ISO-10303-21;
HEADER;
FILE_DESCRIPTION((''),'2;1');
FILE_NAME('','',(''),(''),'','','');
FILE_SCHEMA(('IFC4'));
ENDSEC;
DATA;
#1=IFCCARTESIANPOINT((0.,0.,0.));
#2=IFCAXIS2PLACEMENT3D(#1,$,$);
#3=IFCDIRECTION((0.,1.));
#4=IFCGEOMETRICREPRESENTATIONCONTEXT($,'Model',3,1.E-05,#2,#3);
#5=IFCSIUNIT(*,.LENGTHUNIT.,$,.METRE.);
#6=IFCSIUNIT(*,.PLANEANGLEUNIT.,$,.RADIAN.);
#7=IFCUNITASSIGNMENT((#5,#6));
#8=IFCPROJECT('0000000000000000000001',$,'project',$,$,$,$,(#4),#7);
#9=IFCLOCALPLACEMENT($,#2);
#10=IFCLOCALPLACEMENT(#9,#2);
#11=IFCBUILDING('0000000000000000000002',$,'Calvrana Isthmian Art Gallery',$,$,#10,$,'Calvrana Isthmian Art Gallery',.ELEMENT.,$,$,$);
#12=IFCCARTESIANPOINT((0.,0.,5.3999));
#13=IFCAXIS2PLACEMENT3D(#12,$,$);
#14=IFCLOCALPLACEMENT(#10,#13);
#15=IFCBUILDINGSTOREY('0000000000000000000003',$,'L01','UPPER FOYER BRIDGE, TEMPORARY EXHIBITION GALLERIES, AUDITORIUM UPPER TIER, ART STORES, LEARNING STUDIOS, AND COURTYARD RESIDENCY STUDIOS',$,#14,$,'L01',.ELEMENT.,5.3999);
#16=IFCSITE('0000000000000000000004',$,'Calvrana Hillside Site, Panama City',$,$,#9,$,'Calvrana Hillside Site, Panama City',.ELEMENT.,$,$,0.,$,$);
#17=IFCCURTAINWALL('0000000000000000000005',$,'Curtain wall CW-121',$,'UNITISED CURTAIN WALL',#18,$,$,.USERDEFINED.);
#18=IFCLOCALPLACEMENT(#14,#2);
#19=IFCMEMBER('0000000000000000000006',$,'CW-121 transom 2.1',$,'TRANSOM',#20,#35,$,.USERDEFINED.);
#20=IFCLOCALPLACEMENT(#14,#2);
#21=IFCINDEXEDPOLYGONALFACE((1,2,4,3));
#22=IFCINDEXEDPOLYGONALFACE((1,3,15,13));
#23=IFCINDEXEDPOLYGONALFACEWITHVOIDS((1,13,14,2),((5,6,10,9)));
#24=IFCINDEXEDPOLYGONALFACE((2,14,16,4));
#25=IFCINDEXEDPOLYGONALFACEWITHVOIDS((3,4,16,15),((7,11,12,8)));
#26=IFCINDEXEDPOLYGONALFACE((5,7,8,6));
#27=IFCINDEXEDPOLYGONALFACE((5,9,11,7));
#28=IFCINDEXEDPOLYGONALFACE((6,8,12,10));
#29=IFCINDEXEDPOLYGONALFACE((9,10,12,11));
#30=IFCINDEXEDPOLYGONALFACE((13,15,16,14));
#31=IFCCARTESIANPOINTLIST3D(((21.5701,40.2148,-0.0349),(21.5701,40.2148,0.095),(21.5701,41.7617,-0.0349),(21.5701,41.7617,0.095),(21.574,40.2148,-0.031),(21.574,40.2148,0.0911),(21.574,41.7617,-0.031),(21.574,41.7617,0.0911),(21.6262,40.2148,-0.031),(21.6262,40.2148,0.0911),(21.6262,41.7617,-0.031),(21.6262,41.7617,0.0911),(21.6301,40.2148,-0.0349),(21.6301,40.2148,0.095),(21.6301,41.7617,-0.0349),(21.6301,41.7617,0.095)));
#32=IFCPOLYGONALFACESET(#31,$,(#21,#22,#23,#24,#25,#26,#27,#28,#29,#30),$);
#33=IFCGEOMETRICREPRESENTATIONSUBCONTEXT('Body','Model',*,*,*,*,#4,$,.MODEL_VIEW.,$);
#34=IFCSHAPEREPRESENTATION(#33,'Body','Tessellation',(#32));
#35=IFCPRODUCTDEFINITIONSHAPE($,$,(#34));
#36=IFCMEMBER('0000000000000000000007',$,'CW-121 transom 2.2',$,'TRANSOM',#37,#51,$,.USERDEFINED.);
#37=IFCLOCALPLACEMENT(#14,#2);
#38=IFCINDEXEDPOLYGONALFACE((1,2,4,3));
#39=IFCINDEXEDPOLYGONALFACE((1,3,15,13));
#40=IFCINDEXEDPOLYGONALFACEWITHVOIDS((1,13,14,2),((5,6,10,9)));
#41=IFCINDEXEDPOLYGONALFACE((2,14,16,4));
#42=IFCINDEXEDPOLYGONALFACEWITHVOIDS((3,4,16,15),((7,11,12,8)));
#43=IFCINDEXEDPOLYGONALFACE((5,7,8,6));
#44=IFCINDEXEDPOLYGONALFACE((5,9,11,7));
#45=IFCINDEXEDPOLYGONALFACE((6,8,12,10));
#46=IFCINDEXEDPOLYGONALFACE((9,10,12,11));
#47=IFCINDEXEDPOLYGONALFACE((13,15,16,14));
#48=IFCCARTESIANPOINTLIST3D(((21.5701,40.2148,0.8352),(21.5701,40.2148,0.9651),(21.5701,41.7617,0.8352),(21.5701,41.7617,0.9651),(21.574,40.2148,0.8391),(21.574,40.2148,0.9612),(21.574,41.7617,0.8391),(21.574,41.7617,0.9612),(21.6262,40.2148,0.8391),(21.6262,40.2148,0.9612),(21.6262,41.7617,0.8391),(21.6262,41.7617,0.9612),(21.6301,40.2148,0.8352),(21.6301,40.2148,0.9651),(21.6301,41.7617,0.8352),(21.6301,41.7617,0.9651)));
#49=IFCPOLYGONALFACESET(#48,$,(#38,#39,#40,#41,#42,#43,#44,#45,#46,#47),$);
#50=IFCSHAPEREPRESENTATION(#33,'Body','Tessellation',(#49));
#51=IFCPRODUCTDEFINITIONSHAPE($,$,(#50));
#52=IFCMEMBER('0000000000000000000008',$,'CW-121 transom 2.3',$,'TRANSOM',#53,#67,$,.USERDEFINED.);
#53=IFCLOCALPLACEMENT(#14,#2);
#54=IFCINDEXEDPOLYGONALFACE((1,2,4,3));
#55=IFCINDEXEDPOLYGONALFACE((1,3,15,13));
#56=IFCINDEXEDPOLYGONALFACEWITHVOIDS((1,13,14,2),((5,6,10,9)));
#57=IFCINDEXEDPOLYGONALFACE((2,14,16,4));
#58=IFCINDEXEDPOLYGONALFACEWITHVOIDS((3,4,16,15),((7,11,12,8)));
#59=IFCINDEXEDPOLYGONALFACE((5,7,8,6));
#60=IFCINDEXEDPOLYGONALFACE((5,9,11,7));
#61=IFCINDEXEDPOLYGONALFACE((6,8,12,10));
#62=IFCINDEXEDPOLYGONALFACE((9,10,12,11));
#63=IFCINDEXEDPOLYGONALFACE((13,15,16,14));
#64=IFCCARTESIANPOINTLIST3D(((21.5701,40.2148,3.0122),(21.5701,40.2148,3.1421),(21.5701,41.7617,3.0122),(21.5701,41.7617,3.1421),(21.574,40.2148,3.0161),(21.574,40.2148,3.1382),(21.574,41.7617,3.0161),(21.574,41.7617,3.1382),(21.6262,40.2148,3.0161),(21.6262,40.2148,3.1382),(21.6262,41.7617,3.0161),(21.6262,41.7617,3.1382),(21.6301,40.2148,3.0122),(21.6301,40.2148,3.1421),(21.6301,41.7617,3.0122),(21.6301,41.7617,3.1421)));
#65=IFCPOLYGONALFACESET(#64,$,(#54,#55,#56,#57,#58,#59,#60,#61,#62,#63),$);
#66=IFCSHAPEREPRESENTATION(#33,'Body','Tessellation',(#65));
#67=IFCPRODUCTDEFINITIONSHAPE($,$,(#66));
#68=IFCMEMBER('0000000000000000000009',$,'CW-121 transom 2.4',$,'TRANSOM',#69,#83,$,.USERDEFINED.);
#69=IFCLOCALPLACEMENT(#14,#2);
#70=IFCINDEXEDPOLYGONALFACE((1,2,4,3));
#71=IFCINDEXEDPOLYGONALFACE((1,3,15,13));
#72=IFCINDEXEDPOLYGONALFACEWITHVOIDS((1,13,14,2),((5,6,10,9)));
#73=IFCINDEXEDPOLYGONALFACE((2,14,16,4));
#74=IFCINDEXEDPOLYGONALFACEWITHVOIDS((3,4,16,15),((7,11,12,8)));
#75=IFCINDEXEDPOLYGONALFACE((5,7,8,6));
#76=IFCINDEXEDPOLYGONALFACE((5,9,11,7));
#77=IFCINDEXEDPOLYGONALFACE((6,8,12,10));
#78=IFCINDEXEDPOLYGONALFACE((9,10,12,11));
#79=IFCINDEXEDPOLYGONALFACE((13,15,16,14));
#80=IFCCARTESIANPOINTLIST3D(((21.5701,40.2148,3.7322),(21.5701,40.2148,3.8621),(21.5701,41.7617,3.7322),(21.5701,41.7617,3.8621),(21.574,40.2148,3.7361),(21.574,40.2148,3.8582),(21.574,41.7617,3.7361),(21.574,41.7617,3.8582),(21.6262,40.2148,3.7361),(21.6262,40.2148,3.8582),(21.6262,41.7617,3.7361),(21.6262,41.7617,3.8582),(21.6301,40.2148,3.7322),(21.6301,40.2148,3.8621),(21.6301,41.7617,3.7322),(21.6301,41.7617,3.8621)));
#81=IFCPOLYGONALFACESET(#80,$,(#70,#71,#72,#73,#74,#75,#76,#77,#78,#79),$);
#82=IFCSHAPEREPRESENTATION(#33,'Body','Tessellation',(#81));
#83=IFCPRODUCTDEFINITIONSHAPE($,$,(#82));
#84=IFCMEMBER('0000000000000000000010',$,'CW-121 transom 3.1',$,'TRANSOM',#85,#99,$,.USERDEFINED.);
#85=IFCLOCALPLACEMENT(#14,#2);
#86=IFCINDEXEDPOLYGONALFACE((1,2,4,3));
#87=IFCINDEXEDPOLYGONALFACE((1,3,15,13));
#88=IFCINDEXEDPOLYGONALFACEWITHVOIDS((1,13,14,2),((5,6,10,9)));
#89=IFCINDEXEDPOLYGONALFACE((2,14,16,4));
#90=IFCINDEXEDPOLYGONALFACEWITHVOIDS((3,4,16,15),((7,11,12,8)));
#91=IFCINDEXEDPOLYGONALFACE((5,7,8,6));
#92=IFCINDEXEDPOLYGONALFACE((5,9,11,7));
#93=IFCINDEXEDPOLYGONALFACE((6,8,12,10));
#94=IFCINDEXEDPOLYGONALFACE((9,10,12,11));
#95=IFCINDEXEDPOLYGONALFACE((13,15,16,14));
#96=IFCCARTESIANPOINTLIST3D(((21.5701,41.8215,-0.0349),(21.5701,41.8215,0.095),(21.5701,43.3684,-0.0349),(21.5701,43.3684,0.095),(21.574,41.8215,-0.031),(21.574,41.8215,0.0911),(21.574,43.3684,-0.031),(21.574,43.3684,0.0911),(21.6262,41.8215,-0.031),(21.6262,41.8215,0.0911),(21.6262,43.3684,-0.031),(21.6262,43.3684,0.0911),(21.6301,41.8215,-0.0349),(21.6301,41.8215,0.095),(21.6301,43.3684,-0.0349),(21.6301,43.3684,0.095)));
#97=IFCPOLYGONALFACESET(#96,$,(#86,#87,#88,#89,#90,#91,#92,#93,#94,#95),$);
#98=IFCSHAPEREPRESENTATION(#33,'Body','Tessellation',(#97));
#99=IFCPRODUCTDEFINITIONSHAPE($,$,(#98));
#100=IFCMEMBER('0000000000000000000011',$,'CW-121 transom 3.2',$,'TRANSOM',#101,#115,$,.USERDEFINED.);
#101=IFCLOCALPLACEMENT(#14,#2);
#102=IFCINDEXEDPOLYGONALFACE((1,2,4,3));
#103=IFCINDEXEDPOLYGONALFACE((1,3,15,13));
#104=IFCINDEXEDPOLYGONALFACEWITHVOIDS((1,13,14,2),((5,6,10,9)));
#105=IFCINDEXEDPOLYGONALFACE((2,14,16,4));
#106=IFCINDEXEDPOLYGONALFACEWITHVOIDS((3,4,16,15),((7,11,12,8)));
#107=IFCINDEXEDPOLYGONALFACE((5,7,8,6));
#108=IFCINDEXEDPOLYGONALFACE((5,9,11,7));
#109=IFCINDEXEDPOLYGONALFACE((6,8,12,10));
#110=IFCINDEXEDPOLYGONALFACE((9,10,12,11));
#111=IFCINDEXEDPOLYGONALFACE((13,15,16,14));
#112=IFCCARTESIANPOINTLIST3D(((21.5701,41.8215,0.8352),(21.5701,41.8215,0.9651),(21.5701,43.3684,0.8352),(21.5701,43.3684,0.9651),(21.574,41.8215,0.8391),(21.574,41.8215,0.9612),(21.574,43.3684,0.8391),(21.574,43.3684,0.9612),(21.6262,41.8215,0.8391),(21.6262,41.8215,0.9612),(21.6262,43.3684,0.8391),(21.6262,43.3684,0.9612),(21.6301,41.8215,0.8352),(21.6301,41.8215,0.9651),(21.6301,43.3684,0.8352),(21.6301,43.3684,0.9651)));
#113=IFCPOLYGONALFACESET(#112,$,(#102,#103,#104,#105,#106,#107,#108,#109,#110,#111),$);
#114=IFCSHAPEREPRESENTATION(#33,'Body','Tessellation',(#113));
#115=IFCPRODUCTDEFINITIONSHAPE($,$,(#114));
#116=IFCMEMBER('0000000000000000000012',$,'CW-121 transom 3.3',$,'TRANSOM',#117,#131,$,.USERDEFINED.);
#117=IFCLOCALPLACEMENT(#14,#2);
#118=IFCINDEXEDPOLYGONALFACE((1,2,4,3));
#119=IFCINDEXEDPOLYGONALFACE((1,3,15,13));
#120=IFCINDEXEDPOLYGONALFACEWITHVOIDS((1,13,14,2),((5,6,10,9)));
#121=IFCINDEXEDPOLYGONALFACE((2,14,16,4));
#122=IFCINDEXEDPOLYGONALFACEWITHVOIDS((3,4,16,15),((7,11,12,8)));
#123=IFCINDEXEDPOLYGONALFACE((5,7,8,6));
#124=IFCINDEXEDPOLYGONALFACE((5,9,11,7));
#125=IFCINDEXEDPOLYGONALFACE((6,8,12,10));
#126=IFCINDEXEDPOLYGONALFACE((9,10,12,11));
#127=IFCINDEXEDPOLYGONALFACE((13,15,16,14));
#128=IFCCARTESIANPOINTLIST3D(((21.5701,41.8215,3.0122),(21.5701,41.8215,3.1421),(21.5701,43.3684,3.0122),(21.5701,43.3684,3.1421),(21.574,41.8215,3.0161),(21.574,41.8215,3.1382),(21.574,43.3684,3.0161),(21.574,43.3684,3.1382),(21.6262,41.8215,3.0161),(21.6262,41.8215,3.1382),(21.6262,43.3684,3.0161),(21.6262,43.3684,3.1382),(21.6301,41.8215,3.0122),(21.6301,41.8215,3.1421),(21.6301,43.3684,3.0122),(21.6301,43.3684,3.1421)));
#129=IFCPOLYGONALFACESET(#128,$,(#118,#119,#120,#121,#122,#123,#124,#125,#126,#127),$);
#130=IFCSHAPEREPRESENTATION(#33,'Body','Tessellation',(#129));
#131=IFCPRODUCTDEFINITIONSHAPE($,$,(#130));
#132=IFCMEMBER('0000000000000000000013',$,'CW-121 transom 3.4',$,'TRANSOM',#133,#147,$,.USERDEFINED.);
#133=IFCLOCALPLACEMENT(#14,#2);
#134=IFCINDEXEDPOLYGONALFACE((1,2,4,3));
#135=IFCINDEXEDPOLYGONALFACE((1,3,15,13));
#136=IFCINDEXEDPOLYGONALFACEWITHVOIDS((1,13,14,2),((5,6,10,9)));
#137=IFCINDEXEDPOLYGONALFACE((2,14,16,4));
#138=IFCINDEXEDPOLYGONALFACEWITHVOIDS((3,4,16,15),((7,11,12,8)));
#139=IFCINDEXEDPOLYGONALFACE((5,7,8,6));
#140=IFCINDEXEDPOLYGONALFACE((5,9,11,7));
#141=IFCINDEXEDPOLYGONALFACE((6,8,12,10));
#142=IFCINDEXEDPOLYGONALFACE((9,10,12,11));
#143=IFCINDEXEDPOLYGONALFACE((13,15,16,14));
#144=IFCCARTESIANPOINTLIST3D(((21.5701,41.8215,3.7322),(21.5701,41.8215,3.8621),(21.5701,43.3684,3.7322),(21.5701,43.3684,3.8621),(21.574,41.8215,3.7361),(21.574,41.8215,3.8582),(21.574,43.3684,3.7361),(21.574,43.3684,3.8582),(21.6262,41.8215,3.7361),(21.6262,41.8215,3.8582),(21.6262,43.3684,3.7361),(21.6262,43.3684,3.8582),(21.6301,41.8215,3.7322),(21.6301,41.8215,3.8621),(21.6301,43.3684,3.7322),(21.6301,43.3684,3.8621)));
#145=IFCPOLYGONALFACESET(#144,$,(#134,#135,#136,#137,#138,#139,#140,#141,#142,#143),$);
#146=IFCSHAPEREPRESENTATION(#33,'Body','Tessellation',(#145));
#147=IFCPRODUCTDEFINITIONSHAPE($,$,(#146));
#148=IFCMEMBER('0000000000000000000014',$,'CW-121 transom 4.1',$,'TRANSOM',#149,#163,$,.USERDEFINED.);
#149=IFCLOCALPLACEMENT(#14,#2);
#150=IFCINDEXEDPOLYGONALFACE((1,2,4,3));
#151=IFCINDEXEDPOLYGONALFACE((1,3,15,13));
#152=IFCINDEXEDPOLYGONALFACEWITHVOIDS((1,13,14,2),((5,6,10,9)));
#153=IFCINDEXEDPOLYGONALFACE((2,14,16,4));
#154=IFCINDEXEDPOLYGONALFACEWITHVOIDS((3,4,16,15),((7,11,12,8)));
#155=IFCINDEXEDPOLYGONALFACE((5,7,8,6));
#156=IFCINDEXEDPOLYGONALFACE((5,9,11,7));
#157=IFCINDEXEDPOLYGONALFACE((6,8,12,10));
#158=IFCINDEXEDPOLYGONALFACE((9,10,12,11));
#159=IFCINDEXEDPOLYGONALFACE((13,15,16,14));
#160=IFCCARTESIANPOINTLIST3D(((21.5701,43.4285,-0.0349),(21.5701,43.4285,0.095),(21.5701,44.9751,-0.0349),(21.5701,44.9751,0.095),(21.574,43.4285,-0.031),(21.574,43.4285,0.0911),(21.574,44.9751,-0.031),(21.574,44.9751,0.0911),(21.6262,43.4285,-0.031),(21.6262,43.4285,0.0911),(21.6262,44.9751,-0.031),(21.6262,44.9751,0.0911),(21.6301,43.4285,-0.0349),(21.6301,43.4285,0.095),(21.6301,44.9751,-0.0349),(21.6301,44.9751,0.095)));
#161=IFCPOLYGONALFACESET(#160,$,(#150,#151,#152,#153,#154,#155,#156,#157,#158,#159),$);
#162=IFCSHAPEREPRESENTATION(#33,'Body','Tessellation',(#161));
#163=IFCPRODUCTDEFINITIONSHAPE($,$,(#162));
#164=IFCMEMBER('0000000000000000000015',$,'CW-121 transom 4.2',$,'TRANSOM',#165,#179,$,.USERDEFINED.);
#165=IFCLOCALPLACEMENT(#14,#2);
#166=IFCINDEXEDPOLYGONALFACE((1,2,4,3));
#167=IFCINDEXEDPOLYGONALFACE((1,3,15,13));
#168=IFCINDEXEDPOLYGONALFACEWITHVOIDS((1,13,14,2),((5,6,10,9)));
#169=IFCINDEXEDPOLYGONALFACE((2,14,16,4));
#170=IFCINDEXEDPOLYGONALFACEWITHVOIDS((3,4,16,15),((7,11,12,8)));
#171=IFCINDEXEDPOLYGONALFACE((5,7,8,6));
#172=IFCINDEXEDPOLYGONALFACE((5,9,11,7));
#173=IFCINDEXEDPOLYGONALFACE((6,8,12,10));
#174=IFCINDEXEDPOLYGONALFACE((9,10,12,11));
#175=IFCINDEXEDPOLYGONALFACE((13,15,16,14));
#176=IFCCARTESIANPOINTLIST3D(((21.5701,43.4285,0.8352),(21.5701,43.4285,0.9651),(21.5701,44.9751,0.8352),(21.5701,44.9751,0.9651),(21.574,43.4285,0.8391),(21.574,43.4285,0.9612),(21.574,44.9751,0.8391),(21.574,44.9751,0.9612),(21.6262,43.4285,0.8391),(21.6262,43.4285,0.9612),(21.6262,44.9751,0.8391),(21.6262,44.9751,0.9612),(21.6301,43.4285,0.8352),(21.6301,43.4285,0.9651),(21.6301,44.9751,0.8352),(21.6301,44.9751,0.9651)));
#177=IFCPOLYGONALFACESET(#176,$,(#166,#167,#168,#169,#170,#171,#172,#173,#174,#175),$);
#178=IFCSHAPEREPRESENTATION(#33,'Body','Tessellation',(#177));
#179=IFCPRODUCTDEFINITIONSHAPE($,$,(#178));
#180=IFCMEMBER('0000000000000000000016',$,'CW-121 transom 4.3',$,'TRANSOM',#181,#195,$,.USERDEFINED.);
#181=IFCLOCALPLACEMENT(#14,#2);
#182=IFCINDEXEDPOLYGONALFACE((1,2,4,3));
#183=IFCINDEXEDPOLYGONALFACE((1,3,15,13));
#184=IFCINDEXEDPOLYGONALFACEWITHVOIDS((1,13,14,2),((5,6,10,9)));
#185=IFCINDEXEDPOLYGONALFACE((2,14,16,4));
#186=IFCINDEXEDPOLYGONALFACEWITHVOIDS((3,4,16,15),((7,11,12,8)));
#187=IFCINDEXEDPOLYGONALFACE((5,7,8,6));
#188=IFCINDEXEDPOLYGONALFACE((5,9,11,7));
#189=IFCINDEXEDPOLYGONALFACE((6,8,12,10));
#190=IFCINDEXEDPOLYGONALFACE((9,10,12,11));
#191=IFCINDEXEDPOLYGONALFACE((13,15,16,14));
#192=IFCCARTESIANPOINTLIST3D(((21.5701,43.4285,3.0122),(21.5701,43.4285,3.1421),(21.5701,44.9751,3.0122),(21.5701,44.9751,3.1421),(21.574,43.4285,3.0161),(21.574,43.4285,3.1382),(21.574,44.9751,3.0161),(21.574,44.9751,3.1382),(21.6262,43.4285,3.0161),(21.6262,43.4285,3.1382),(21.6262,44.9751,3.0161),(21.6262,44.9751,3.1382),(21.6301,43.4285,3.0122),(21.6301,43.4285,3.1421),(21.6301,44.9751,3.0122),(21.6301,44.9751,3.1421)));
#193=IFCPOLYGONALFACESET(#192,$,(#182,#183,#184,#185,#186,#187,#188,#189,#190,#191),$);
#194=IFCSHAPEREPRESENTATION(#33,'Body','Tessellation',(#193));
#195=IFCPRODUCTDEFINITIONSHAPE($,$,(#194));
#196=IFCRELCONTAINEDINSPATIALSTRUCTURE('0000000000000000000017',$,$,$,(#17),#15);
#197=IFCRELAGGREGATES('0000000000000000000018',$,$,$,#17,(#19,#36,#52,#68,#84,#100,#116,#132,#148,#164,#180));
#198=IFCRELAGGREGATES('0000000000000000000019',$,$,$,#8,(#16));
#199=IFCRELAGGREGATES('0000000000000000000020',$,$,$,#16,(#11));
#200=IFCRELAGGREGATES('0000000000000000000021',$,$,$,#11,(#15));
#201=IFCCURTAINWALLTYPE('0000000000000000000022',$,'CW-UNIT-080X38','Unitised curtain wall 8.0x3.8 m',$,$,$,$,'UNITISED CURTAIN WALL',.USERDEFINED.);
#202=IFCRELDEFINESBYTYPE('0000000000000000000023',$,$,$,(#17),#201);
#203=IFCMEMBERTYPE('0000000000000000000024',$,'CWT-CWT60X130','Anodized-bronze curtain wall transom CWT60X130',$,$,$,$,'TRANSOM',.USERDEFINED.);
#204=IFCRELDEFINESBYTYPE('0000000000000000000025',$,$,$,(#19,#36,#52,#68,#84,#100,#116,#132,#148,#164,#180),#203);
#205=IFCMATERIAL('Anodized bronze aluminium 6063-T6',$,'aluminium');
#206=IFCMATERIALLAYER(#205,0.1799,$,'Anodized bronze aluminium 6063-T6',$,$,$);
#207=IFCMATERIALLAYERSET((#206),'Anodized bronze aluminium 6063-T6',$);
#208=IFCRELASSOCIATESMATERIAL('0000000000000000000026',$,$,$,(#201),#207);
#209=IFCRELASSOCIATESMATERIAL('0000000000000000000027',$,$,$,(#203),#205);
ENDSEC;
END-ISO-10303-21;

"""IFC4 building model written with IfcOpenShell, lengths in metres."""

from ifc_helpers import new_model, si_unit, direction, frame, origin, origin_2d, place, context, subcontext, project, spatial, hollow_rectangle, extrude, material, layer, layer_set, material_profile, profile_set, type_object, element, aggregate, save


model = new_model("IFC4")

# Units and contexts
model_context = context("Model", 3, precision=1e-05, world=origin(), true_north=direction((0.0, 1.0)))
body_context = subcontext(model_context, "Body", "Model", "MODEL_VIEW")
ifc_project = project(units=[si_unit("LENGTHUNIT", "METRE"), si_unit("PLANEANGLEUNIT", "RADIAN")], contexts=[model_context])

# Site, building, storey
site_placement = place(None, origin())
site = spatial("IfcSite", under=ifc_project, at=site_placement, Name="Calvrana Hillside Site, Panama City", LongName="Calvrana Hillside Site, Panama City", CompositionType="ELEMENT", RefElevation=0.0)
building_placement = place(site_placement, origin())
building = spatial("IfcBuilding", under=site, at=building_placement, Name="Calvrana Isthmian Art Gallery", LongName="Calvrana Isthmian Art Gallery", CompositionType="ELEMENT")
storey_placement = place(building_placement, frame((0.0, 0.0, 5.3999)))
storey = spatial("IfcBuildingStorey", under=building, at=storey_placement, Name="L01", Description="UPPER FOYER BRIDGE, TEMPORARY EXHIBITION GALLERIES, AUDITORIUM UPPER TIER, ART STORES, LEARNING STUDIOS, AND COURTYARD RESIDENCY STUDIOS", LongName="L01", CompositionType="ELEMENT", Elevation=5.3999)

# Curtain wall, members
ifc_material_1 = material(Name="Anodized bronze aluminium 6063-T6", Category="aluminium")
ifc_layer_1 = layer(ifc_material_1, 0.1799, Name="Anodized bronze aluminium 6063-T6")
ifc_layer_set_1 = layer_set([ifc_layer_1], Name="Anodized bronze aluminium 6063-T6")
curtain_wall_type = type_object("IfcCurtainWallType", Name="CW-UNIT-080X38", Description="Unitised curtain wall 8.0x3.8 m", ElementType="UNITISED CURTAIN WALL", PredefinedType="USERDEFINED", material=ifc_layer_set_1)
curtain_wall_placement = place(storey_placement, origin())
curtain_wall = element("IfcCurtainWall", 1, at=curtain_wall_placement, inside=storey, type_object=curtain_wall_type, Name="Curtain wall CW-121", ObjectType="UNITISED CURTAIN WALL", PredefinedType="USERDEFINED")
ifc_material_profile_1 = material_profile(ifc_material_1, hollow_rectangle(XDim=0.0601, YDim=0.1299, WallThickness=0.0039, at=origin_2d()), Name="CWT60X130")
ifc_profile_set_1 = profile_set([ifc_material_profile_1], Name="Anodized bronze aluminium 6063-T6")
member_type_1 = type_object("IfcMemberType", Name="CWT-CWT60X130", Description="Anodized-bronze curtain wall transom CWT60X130", ElementType="TRANSOM", PredefinedType="USERDEFINED", material=ifc_profile_set_1)
member_1_placement = place(storey_placement, frame((21.6001, 40.2148, 0.03), z_axis=(0.0, 1.0, 0.0), x_axis=(-1.0, 0.0, 0.0)))
member_1 = element("IfcMember", 2, at=member_1_placement, type_object=member_type_1, Name="CW-121 transom 2.1", ObjectType="TRANSOM", PredefinedType="USERDEFINED", context=body_context, shape_type="SweptSolid", body=[
    extrude(hollow_rectangle(XDim=0.0601, YDim=0.1299, WallThickness=0.0039, at=origin_2d()), origin(), (0.0, 0.0, 1.0), 1.5469),
])
member_2_placement = place(storey_placement, frame((21.6001, 40.2148, 0.9001), z_axis=(0.0, 1.0, 0.0), x_axis=(-1.0, 0.0, 0.0)))
member_2 = element("IfcMember", 3, at=member_2_placement, type_object=member_type_1, Name="CW-121 transom 2.2", ObjectType="TRANSOM", PredefinedType="USERDEFINED", context=body_context, shape_type="SweptSolid", body=[
    extrude(hollow_rectangle(XDim=0.0601, YDim=0.1299, WallThickness=0.0039, at=origin_2d()), origin(), (0.0, 0.0, 1.0), 1.5469),
])
member_3_placement = place(storey_placement, frame((21.6001, 40.2148, 3.0771), z_axis=(0.0, 1.0, 0.0), x_axis=(-1.0, 0.0, 0.0)))
member_3 = element("IfcMember", 4, at=member_3_placement, type_object=member_type_1, Name="CW-121 transom 2.3", ObjectType="TRANSOM", PredefinedType="USERDEFINED", context=body_context, shape_type="SweptSolid", body=[
    extrude(hollow_rectangle(XDim=0.0601, YDim=0.1299, WallThickness=0.0039, at=origin_2d()), origin(), (0.0, 0.0, 1.0), 1.5469),
])
member_4_placement = place(storey_placement, frame((21.6001, 40.2148, 3.7971), z_axis=(0.0, 1.0, 0.0), x_axis=(-1.0, 0.0, 0.0)))
member_4 = element("IfcMember", 5, at=member_4_placement, type_object=member_type_1, Name="CW-121 transom 2.4", ObjectType="TRANSOM", PredefinedType="USERDEFINED", context=body_context, shape_type="SweptSolid", body=[
    extrude(hollow_rectangle(XDim=0.0601, YDim=0.1299, WallThickness=0.0039, at=origin_2d()), origin(), (0.0, 0.0, 1.0), 1.5469),
])
member_5_placement = place(storey_placement, frame((21.6001, 41.8215, 0.03), z_axis=(0.0, 1.0, 0.0), x_axis=(-1.0, 0.0, 0.0)))
member_5 = element("IfcMember", 6, at=member_5_placement, type_object=member_type_1, Name="CW-121 transom 3.1", ObjectType="TRANSOM", PredefinedType="USERDEFINED", context=body_context, shape_type="SweptSolid", body=[
    extrude(hollow_rectangle(XDim=0.0601, YDim=0.1299, WallThickness=0.0039, at=origin_2d()), origin(), (0.0, 0.0, 1.0), 1.5469),
])
member_6_placement = place(storey_placement, frame((21.6001, 41.8215, 0.9001), z_axis=(0.0, 1.0, 0.0), x_axis=(-1.0, 0.0, 0.0)))
member_6 = element("IfcMember", 7, at=member_6_placement, type_object=member_type_1, Name="CW-121 transom 3.2", ObjectType="TRANSOM", PredefinedType="USERDEFINED", context=body_context, shape_type="SweptSolid", body=[
    extrude(hollow_rectangle(XDim=0.0601, YDim=0.1299, WallThickness=0.0039, at=origin_2d()), origin(), (0.0, 0.0, 1.0), 1.5469),
])
member_7_placement = place(storey_placement, frame((21.6001, 41.8215, 3.0771), z_axis=(0.0, 1.0, 0.0), x_axis=(-1.0, 0.0, 0.0)))
member_7 = element("IfcMember", 8, at=member_7_placement, type_object=member_type_1, Name="CW-121 transom 3.3", ObjectType="TRANSOM", PredefinedType="USERDEFINED", context=body_context, shape_type="SweptSolid", body=[
    extrude(hollow_rectangle(XDim=0.0601, YDim=0.1299, WallThickness=0.0039, at=origin_2d()), origin(), (0.0, 0.0, 1.0), 1.5469),
])
member_8_placement = place(storey_placement, frame((21.6001, 41.8215, 3.7971), z_axis=(0.0, 1.0, 0.0), x_axis=(-1.0, 0.0, 0.0)))
member_8 = element("IfcMember", 9, at=member_8_placement, type_object=member_type_1, Name="CW-121 transom 3.4", ObjectType="TRANSOM", PredefinedType="USERDEFINED", context=body_context, shape_type="SweptSolid", body=[
    extrude(hollow_rectangle(XDim=0.0601, YDim=0.1299, WallThickness=0.0039, at=origin_2d()), origin(), (0.0, 0.0, 1.0), 1.5469),
])
member_9_placement = place(storey_placement, frame((21.6001, 43.4285, 0.03), z_axis=(0.0, 1.0, 0.0), x_axis=(-1.0, 0.0, 0.0)))
member_9 = element("IfcMember", 10, at=member_9_placement, type_object=member_type_1, Name="CW-121 transom 4.1", ObjectType="TRANSOM", PredefinedType="USERDEFINED", context=body_context, shape_type="SweptSolid", body=[
    extrude(hollow_rectangle(XDim=0.0601, YDim=0.1299, WallThickness=0.0039, at=origin_2d()), origin(), (0.0, 0.0, 1.0), 1.5466),
])
member_10_placement = place(storey_placement, frame((21.6001, 43.4285, 0.9001), z_axis=(0.0, 1.0, 0.0), x_axis=(-1.0, 0.0, 0.0)))
member_10 = element("IfcMember", 11, at=member_10_placement, type_object=member_type_1, Name="CW-121 transom 4.2", ObjectType="TRANSOM", PredefinedType="USERDEFINED", context=body_context, shape_type="SweptSolid", body=[
    extrude(hollow_rectangle(XDim=0.0601, YDim=0.1299, WallThickness=0.0039, at=origin_2d()), origin(), (0.0, 0.0, 1.0), 1.5466),
])
member_11_placement = place(storey_placement, frame((21.6001, 43.4285, 3.0771), z_axis=(0.0, 1.0, 0.0), x_axis=(-1.0, 0.0, 0.0)))
member_11 = element("IfcMember", 12, at=member_11_placement, type_object=member_type_1, Name="CW-121 transom 4.3", ObjectType="TRANSOM", PredefinedType="USERDEFINED", context=body_context, shape_type="SweptSolid", body=[
    extrude(hollow_rectangle(XDim=0.0601, YDim=0.1299, WallThickness=0.0039, at=origin_2d()), origin(), (0.0, 0.0, 1.0), 1.5466),
])
aggregate(curtain_wall, [member_1, member_2, member_3, member_4, member_5, member_6, member_7, member_8, member_9, member_10, member_11])

save(model, "model.ifc")
